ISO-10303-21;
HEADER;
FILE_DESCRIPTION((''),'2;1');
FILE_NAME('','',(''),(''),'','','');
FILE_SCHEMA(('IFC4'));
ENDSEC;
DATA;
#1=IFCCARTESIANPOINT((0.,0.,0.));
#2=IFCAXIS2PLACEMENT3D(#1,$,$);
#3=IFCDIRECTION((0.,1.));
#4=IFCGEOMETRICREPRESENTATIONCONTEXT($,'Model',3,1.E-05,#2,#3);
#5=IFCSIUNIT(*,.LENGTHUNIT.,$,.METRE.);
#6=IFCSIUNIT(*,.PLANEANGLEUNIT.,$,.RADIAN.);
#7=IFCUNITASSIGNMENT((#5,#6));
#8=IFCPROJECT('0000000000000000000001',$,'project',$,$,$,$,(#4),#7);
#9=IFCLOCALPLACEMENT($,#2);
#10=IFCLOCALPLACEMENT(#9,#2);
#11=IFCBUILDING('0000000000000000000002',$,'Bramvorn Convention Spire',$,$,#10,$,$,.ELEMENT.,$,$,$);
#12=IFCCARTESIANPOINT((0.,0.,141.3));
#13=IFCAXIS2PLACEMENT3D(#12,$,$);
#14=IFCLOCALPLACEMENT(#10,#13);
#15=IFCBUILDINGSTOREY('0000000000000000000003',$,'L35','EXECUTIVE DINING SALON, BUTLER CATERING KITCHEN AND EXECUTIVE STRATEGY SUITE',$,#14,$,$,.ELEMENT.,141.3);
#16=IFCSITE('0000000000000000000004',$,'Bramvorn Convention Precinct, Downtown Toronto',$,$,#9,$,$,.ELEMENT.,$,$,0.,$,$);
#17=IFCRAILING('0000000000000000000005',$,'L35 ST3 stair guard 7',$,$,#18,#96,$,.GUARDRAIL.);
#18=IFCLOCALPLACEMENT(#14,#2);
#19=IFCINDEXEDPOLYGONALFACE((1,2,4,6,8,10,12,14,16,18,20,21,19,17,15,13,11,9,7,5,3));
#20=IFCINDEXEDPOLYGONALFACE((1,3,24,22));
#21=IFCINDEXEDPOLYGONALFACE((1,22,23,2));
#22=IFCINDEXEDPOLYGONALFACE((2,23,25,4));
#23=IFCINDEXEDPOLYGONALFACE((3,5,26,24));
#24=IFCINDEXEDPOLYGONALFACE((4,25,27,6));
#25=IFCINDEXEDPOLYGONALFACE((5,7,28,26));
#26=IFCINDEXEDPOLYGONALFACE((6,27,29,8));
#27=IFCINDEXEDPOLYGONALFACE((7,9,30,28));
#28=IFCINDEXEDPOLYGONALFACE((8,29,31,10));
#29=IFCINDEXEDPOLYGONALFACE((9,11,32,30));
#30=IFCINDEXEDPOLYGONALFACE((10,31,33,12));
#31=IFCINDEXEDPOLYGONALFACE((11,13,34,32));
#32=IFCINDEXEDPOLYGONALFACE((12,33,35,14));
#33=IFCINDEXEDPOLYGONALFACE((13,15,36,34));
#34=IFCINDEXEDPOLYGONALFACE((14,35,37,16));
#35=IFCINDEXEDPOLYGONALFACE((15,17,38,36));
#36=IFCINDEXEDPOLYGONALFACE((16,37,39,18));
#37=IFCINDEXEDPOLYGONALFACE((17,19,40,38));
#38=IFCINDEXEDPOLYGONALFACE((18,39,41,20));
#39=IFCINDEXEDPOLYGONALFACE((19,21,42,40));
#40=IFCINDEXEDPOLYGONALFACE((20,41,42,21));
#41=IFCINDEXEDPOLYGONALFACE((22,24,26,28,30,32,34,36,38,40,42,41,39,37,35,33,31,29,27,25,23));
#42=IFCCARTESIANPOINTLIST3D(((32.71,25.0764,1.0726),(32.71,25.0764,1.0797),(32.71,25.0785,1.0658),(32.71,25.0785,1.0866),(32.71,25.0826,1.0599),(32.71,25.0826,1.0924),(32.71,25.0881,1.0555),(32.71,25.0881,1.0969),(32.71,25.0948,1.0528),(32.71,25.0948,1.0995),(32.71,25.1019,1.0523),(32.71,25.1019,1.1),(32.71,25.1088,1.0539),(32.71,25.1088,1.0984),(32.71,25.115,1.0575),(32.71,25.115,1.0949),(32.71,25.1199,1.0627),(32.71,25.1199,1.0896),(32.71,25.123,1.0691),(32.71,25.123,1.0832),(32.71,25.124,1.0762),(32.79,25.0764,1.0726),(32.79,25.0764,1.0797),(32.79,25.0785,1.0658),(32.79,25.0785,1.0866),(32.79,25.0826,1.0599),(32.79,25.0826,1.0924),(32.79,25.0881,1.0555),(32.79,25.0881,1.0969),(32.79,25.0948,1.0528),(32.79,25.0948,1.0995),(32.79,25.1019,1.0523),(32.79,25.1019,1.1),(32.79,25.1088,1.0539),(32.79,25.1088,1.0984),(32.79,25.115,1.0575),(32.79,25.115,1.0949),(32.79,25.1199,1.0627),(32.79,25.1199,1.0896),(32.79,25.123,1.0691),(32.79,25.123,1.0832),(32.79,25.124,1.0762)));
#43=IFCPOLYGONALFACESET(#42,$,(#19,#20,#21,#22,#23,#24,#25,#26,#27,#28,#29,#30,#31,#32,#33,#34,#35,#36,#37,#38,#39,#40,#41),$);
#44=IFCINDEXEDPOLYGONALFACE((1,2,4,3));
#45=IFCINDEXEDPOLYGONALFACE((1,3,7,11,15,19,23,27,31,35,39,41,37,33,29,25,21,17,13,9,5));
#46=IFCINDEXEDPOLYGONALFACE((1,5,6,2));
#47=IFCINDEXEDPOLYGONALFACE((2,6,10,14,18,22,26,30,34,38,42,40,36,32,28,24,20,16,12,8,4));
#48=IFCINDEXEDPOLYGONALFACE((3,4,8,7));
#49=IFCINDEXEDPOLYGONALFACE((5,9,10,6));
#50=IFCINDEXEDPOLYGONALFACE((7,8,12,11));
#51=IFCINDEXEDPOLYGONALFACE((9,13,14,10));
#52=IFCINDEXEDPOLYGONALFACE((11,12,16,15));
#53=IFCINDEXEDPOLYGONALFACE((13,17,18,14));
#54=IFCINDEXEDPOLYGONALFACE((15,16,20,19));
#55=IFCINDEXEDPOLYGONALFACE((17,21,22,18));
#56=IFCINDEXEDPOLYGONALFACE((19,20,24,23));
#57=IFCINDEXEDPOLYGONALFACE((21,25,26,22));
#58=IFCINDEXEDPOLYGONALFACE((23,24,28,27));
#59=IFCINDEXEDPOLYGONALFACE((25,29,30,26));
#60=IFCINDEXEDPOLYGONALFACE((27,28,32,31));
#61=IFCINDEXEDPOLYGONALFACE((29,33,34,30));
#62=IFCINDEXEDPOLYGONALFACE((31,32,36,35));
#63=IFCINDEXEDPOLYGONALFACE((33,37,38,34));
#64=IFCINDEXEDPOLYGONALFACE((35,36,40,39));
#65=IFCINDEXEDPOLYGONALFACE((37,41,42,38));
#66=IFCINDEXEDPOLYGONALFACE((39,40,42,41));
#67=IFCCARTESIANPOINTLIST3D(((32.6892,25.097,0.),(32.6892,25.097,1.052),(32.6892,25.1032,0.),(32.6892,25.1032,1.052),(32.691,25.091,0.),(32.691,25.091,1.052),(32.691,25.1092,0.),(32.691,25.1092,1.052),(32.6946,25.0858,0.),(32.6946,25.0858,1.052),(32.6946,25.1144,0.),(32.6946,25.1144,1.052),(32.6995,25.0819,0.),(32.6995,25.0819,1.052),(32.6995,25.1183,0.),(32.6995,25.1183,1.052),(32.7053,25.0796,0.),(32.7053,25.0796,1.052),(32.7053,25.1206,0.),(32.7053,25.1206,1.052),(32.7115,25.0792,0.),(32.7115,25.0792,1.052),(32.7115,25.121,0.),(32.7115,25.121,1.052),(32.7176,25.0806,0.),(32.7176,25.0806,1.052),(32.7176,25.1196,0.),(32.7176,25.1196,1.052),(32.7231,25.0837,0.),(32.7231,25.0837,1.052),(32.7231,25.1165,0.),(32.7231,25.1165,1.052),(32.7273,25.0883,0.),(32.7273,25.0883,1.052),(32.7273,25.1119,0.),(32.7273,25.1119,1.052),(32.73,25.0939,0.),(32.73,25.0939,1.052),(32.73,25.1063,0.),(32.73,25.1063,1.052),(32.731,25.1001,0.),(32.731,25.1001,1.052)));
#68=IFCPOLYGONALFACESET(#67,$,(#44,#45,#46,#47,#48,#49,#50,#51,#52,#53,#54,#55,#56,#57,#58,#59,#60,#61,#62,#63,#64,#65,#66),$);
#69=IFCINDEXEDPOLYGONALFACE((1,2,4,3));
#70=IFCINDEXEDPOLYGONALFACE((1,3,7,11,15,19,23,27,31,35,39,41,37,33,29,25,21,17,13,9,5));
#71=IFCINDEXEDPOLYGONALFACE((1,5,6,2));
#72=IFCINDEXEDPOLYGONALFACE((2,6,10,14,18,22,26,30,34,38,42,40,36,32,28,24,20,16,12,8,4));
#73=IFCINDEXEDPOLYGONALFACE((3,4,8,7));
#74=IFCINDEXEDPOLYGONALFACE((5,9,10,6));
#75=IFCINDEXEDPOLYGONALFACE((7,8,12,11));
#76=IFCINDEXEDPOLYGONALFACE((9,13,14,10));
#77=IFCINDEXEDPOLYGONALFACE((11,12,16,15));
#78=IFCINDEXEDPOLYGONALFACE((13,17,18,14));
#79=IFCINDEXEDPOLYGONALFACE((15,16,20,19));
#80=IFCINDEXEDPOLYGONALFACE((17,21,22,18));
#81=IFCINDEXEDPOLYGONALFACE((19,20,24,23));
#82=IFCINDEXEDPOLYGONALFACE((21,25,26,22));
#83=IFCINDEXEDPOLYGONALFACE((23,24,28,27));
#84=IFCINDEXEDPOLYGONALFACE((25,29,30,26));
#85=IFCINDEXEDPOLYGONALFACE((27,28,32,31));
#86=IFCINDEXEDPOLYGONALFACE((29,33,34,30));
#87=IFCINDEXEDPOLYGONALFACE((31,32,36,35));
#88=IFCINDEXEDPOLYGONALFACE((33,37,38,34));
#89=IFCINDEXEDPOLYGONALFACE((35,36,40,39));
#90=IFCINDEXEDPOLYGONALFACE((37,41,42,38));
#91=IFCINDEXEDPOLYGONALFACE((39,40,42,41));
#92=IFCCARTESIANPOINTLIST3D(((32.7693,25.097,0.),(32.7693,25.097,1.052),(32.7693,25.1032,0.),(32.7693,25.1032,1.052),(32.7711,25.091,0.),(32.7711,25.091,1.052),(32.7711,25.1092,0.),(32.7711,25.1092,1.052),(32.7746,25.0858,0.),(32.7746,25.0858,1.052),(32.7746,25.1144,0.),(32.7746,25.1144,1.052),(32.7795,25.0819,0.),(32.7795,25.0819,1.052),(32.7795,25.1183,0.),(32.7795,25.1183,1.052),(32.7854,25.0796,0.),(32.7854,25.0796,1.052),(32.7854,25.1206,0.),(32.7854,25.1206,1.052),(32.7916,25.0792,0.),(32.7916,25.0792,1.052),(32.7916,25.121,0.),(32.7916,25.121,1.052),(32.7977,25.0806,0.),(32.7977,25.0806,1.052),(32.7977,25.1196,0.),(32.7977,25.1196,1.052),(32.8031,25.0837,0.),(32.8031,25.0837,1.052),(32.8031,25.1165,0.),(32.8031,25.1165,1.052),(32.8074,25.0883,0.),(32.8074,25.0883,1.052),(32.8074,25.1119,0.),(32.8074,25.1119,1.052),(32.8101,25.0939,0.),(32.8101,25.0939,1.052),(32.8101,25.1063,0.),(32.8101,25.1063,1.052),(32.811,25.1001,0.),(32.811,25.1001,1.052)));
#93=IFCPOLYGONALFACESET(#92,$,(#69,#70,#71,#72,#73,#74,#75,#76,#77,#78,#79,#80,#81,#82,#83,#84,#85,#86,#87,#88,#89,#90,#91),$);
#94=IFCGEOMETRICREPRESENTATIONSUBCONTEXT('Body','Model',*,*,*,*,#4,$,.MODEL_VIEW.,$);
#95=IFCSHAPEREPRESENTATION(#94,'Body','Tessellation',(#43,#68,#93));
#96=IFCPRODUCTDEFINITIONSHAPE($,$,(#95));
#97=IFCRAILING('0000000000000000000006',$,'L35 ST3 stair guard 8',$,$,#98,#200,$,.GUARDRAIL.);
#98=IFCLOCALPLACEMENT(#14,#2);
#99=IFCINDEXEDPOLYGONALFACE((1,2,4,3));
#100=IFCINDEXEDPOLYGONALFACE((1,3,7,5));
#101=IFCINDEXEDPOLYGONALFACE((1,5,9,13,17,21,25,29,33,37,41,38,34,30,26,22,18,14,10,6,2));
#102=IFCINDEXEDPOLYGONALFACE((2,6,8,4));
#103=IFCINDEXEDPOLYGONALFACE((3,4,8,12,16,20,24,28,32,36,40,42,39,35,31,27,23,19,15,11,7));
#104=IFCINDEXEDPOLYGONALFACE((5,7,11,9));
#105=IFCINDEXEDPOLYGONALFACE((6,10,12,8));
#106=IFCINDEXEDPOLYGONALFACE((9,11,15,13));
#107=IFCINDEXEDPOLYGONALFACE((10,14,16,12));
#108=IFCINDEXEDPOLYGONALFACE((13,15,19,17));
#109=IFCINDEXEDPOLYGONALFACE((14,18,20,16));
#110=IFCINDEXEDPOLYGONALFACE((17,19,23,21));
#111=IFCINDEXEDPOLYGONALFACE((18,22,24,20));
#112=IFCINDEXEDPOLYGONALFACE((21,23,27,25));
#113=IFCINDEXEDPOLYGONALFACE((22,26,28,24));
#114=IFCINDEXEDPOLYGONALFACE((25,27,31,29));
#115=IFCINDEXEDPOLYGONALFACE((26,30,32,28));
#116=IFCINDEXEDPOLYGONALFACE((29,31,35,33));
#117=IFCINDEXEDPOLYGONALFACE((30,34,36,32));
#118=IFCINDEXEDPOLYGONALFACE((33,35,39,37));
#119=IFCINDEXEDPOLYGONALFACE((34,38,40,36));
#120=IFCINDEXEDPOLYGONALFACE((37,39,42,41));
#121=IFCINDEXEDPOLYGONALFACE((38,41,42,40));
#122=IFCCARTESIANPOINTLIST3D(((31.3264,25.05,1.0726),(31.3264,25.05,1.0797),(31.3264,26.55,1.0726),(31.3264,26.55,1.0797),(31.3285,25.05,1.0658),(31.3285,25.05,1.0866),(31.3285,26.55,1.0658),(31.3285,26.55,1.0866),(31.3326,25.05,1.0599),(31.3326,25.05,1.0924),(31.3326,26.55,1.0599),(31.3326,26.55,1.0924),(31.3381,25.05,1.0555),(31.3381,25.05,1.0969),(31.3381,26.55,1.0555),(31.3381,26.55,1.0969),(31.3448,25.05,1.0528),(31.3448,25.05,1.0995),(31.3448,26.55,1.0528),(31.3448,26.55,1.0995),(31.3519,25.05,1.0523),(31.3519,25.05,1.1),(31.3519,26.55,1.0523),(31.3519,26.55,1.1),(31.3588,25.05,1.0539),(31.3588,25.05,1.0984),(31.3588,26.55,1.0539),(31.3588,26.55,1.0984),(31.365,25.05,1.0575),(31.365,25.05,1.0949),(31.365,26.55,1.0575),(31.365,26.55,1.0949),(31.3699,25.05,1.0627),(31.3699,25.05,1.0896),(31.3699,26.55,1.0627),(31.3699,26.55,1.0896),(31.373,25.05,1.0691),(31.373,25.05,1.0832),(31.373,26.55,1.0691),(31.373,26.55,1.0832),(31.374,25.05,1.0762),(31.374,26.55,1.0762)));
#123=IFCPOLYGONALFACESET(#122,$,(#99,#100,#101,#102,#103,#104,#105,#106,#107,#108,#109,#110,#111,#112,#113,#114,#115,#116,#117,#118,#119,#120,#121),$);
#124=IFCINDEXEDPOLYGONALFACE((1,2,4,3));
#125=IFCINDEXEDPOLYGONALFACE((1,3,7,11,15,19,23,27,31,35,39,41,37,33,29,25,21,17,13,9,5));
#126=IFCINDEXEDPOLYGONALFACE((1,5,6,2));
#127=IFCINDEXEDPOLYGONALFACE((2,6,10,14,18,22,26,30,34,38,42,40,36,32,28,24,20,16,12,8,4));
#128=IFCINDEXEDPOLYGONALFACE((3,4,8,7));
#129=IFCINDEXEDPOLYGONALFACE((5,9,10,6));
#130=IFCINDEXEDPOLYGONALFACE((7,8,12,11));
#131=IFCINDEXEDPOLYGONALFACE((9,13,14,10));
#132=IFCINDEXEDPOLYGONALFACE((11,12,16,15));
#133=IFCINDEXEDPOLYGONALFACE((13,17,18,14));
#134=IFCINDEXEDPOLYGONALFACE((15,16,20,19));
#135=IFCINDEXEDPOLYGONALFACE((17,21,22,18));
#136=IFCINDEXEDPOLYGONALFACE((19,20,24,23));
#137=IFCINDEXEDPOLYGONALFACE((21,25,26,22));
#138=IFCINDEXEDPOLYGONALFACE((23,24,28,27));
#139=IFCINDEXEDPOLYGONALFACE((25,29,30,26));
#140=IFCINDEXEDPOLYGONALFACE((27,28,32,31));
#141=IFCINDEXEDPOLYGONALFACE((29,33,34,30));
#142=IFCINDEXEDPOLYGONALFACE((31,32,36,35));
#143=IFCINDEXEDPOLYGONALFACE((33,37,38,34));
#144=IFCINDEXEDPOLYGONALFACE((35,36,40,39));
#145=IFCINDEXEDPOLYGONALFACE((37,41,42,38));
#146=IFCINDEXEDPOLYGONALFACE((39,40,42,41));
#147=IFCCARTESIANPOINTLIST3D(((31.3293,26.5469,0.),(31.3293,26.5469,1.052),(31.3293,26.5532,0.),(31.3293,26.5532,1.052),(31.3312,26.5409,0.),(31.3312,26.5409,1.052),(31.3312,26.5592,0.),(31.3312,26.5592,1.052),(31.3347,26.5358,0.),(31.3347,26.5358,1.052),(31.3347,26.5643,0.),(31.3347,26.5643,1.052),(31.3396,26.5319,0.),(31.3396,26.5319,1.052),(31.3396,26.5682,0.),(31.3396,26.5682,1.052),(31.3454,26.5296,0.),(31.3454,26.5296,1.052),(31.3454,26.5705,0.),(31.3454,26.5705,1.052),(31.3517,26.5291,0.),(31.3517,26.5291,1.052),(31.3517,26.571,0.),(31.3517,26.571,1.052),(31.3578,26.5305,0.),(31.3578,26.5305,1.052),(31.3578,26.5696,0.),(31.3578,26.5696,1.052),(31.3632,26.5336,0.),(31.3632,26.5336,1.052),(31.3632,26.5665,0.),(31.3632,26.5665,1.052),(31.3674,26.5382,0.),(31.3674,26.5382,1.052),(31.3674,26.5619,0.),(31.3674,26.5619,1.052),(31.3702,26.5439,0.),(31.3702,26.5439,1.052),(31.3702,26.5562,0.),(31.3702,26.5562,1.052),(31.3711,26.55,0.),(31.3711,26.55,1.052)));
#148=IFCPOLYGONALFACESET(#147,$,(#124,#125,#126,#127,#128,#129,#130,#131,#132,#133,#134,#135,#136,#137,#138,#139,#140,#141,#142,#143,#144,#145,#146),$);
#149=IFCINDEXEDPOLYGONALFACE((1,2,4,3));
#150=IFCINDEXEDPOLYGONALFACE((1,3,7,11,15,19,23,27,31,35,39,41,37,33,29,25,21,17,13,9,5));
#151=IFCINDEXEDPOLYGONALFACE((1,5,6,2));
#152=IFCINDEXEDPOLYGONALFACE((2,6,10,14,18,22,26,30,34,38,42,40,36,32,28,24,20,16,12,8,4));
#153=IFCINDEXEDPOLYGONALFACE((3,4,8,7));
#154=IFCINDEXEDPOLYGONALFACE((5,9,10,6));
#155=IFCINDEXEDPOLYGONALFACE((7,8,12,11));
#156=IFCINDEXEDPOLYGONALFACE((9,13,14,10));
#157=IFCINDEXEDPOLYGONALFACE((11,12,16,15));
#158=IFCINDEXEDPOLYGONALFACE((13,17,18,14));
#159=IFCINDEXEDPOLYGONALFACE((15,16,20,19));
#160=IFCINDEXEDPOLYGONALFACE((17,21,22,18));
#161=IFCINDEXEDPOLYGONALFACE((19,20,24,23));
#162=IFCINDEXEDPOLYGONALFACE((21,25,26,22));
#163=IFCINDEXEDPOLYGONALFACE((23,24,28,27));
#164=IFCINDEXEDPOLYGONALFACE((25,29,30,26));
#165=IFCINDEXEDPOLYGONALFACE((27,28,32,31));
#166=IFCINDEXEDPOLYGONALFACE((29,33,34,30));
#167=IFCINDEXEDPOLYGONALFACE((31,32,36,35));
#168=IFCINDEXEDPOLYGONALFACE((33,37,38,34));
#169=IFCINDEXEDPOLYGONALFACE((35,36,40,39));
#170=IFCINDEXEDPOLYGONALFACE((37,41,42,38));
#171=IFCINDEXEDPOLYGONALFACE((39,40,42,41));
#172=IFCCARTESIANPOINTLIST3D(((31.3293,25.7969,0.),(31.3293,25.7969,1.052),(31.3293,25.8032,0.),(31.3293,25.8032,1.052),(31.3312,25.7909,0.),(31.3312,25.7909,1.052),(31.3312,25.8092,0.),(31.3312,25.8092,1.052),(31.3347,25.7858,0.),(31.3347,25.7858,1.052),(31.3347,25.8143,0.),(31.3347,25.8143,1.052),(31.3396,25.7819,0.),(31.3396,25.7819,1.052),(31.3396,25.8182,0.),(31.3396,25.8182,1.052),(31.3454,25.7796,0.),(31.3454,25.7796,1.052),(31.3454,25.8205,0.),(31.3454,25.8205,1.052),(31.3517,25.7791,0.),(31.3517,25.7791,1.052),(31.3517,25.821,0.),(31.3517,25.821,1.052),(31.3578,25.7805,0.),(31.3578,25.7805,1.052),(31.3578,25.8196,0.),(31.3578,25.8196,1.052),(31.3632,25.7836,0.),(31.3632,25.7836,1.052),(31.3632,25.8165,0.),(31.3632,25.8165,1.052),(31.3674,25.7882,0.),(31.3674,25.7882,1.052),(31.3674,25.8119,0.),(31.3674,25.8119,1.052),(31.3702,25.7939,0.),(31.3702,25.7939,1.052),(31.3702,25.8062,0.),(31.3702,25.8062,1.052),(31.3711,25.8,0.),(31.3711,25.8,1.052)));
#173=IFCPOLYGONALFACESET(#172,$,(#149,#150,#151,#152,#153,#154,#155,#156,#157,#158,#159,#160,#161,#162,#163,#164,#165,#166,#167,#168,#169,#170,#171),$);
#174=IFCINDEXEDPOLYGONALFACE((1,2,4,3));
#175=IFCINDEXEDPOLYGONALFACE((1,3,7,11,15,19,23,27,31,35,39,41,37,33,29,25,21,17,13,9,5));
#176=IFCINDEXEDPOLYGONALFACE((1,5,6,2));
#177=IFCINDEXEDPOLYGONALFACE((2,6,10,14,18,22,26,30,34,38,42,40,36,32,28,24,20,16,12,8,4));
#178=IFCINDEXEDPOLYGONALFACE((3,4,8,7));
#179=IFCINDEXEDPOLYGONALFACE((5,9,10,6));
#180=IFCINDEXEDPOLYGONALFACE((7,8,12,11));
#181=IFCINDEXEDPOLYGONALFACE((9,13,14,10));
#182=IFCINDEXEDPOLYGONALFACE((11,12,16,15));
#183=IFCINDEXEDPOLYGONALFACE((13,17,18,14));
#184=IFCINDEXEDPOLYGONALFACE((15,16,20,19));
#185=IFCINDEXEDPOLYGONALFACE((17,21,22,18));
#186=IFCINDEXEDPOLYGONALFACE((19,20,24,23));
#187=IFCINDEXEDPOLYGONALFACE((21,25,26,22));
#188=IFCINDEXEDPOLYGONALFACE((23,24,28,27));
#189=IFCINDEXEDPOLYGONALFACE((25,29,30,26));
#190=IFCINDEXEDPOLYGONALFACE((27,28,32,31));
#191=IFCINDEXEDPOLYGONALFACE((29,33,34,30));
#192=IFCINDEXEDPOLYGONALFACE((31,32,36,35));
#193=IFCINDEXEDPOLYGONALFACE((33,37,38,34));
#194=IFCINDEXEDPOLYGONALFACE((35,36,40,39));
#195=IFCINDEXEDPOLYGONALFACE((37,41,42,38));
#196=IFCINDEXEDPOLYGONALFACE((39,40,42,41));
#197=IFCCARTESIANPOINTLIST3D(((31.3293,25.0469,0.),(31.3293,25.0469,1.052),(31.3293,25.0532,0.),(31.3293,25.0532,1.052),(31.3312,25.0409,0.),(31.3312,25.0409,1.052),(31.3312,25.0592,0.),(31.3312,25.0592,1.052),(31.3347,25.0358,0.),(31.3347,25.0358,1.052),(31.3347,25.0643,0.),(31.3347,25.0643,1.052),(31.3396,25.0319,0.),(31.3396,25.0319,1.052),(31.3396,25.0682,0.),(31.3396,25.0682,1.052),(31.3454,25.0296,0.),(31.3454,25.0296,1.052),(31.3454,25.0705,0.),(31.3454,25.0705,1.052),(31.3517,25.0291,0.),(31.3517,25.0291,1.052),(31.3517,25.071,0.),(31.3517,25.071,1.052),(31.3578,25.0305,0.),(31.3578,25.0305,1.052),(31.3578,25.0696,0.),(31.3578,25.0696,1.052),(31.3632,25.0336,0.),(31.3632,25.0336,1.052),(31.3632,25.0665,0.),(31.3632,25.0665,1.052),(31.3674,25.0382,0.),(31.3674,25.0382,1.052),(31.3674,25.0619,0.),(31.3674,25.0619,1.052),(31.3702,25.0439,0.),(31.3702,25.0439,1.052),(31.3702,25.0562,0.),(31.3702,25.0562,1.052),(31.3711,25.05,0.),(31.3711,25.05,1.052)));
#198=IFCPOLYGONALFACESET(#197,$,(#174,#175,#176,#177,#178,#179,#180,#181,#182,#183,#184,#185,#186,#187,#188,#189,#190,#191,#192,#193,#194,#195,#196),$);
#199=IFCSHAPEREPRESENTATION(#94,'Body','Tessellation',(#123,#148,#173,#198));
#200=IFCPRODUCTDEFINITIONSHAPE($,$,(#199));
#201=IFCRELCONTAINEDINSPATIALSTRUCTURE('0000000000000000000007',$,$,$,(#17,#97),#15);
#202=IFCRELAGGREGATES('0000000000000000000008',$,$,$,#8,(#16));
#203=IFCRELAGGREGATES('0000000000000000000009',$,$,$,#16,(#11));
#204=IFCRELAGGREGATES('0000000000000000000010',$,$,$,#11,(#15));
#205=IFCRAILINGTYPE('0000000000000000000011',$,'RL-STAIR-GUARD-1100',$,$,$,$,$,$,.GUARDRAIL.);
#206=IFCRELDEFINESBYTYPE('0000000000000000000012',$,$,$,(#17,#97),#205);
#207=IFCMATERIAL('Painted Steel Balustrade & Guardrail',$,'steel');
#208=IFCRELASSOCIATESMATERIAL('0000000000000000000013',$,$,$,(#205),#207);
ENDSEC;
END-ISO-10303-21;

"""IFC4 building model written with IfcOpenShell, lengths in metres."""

from ifc_helpers import new_model, si_unit, direction, frame, origin, origin_2d, place, context, subcontext, project, spatial, circle, extrude, material, type_object, element, save


model = new_model("IFC4")

# Units and contexts
model_context = context("Model", 3, precision=1e-05, world=origin(), true_north=direction((0.0, 1.0)))
body_context = subcontext(model_context, "Body", "Model", "MODEL_VIEW")
ifc_project = project(units=[si_unit("LENGTHUNIT", "METRE"), si_unit("PLANEANGLEUNIT", "RADIAN")], contexts=[model_context])

# Site, building, storey
site_placement = place(None, origin())
site = spatial("IfcSite", under=ifc_project, at=site_placement, Name="Bramvorn Convention Precinct, Downtown Toronto", CompositionType="ELEMENT", RefElevation=0.0)
building_placement = place(site_placement, origin())
building = spatial("IfcBuilding", under=site, at=building_placement, Name="Bramvorn Convention Spire", CompositionType="ELEMENT")
storey_placement = place(building_placement, frame((0.0, 0.0, 141.3)))
storey = spatial("IfcBuildingStorey", under=building, at=storey_placement, Name="L35", Description="EXECUTIVE DINING SALON, BUTLER CATERING KITCHEN AND EXECUTIVE STRATEGY SUITE", CompositionType="ELEMENT", Elevation=141.3)

# Railings
ifc_material_1 = material(Name="Painted Steel Balustrade & Guardrail", Category="steel")
railing_type_1 = type_object("IfcRailingType", Name="RL-STAIR-GUARD-1100", PredefinedType="GUARDRAIL", material=ifc_material_1)
railing_1_placement = place(storey_placement, frame((32.71, 25.1001, 0.0)))
element("IfcRailing", 1, at=railing_1_placement, inside=storey, type_object=railing_type_1, Name="L35 ST3 stair guard 7", PredefinedType="GUARDRAIL", context=body_context, shape_type="SweptSolid", body=[
    extrude(circle(Radius=0.0239, at=origin_2d()), frame((0.0, 0.0, 1.0762), z_axis=(1.0, 0.0, 0.0), x_axis=(0.0, 1.0, 0.0)), (0.0, 0.0, 1.0), 0.0801),
    extrude(circle(Radius=0.021, at=origin_2d()), origin(), (0.0, 0.0, 1.0), 1.052),
    extrude(circle(Radius=0.021, at=origin_2d()), frame((0.0801, 0.0, 0.0)), (0.0, 0.0, 1.0), 1.052),
])
for number, where, name in (
    (2, (31.3501, 26.55, 0.0), "L35 ST3 stair guard 8"),
):
    element("IfcRailing", number, at=place(storey_placement, frame(where)), inside=storey, type_object=railing_type_1, Name=name, PredefinedType="GUARDRAIL", context=body_context, shape_type="SweptSolid", body=[
        extrude(circle(Radius=0.0239, at=origin_2d()), frame((0.0, 0.0, 1.0762), z_axis=(0.0, -1.0, 0.0), x_axis=(1.0, 0.0, 0.0)), (0.0, 0.0, 1.0), 1.5),
        extrude(circle(Radius=0.021, at=origin_2d()), origin(), (0.0, 0.0, 1.0), 1.052),
        extrude(circle(Radius=0.021, at=origin_2d()), frame((0.0, -0.75, 0.0)), (0.0, 0.0, 1.0), 1.052),
        extrude(circle(Radius=0.021, at=origin_2d()), frame((0.0, -1.5, 0.0)), (0.0, 0.0, 1.0), 1.052),
    ])

save(model, "model.ifc")
